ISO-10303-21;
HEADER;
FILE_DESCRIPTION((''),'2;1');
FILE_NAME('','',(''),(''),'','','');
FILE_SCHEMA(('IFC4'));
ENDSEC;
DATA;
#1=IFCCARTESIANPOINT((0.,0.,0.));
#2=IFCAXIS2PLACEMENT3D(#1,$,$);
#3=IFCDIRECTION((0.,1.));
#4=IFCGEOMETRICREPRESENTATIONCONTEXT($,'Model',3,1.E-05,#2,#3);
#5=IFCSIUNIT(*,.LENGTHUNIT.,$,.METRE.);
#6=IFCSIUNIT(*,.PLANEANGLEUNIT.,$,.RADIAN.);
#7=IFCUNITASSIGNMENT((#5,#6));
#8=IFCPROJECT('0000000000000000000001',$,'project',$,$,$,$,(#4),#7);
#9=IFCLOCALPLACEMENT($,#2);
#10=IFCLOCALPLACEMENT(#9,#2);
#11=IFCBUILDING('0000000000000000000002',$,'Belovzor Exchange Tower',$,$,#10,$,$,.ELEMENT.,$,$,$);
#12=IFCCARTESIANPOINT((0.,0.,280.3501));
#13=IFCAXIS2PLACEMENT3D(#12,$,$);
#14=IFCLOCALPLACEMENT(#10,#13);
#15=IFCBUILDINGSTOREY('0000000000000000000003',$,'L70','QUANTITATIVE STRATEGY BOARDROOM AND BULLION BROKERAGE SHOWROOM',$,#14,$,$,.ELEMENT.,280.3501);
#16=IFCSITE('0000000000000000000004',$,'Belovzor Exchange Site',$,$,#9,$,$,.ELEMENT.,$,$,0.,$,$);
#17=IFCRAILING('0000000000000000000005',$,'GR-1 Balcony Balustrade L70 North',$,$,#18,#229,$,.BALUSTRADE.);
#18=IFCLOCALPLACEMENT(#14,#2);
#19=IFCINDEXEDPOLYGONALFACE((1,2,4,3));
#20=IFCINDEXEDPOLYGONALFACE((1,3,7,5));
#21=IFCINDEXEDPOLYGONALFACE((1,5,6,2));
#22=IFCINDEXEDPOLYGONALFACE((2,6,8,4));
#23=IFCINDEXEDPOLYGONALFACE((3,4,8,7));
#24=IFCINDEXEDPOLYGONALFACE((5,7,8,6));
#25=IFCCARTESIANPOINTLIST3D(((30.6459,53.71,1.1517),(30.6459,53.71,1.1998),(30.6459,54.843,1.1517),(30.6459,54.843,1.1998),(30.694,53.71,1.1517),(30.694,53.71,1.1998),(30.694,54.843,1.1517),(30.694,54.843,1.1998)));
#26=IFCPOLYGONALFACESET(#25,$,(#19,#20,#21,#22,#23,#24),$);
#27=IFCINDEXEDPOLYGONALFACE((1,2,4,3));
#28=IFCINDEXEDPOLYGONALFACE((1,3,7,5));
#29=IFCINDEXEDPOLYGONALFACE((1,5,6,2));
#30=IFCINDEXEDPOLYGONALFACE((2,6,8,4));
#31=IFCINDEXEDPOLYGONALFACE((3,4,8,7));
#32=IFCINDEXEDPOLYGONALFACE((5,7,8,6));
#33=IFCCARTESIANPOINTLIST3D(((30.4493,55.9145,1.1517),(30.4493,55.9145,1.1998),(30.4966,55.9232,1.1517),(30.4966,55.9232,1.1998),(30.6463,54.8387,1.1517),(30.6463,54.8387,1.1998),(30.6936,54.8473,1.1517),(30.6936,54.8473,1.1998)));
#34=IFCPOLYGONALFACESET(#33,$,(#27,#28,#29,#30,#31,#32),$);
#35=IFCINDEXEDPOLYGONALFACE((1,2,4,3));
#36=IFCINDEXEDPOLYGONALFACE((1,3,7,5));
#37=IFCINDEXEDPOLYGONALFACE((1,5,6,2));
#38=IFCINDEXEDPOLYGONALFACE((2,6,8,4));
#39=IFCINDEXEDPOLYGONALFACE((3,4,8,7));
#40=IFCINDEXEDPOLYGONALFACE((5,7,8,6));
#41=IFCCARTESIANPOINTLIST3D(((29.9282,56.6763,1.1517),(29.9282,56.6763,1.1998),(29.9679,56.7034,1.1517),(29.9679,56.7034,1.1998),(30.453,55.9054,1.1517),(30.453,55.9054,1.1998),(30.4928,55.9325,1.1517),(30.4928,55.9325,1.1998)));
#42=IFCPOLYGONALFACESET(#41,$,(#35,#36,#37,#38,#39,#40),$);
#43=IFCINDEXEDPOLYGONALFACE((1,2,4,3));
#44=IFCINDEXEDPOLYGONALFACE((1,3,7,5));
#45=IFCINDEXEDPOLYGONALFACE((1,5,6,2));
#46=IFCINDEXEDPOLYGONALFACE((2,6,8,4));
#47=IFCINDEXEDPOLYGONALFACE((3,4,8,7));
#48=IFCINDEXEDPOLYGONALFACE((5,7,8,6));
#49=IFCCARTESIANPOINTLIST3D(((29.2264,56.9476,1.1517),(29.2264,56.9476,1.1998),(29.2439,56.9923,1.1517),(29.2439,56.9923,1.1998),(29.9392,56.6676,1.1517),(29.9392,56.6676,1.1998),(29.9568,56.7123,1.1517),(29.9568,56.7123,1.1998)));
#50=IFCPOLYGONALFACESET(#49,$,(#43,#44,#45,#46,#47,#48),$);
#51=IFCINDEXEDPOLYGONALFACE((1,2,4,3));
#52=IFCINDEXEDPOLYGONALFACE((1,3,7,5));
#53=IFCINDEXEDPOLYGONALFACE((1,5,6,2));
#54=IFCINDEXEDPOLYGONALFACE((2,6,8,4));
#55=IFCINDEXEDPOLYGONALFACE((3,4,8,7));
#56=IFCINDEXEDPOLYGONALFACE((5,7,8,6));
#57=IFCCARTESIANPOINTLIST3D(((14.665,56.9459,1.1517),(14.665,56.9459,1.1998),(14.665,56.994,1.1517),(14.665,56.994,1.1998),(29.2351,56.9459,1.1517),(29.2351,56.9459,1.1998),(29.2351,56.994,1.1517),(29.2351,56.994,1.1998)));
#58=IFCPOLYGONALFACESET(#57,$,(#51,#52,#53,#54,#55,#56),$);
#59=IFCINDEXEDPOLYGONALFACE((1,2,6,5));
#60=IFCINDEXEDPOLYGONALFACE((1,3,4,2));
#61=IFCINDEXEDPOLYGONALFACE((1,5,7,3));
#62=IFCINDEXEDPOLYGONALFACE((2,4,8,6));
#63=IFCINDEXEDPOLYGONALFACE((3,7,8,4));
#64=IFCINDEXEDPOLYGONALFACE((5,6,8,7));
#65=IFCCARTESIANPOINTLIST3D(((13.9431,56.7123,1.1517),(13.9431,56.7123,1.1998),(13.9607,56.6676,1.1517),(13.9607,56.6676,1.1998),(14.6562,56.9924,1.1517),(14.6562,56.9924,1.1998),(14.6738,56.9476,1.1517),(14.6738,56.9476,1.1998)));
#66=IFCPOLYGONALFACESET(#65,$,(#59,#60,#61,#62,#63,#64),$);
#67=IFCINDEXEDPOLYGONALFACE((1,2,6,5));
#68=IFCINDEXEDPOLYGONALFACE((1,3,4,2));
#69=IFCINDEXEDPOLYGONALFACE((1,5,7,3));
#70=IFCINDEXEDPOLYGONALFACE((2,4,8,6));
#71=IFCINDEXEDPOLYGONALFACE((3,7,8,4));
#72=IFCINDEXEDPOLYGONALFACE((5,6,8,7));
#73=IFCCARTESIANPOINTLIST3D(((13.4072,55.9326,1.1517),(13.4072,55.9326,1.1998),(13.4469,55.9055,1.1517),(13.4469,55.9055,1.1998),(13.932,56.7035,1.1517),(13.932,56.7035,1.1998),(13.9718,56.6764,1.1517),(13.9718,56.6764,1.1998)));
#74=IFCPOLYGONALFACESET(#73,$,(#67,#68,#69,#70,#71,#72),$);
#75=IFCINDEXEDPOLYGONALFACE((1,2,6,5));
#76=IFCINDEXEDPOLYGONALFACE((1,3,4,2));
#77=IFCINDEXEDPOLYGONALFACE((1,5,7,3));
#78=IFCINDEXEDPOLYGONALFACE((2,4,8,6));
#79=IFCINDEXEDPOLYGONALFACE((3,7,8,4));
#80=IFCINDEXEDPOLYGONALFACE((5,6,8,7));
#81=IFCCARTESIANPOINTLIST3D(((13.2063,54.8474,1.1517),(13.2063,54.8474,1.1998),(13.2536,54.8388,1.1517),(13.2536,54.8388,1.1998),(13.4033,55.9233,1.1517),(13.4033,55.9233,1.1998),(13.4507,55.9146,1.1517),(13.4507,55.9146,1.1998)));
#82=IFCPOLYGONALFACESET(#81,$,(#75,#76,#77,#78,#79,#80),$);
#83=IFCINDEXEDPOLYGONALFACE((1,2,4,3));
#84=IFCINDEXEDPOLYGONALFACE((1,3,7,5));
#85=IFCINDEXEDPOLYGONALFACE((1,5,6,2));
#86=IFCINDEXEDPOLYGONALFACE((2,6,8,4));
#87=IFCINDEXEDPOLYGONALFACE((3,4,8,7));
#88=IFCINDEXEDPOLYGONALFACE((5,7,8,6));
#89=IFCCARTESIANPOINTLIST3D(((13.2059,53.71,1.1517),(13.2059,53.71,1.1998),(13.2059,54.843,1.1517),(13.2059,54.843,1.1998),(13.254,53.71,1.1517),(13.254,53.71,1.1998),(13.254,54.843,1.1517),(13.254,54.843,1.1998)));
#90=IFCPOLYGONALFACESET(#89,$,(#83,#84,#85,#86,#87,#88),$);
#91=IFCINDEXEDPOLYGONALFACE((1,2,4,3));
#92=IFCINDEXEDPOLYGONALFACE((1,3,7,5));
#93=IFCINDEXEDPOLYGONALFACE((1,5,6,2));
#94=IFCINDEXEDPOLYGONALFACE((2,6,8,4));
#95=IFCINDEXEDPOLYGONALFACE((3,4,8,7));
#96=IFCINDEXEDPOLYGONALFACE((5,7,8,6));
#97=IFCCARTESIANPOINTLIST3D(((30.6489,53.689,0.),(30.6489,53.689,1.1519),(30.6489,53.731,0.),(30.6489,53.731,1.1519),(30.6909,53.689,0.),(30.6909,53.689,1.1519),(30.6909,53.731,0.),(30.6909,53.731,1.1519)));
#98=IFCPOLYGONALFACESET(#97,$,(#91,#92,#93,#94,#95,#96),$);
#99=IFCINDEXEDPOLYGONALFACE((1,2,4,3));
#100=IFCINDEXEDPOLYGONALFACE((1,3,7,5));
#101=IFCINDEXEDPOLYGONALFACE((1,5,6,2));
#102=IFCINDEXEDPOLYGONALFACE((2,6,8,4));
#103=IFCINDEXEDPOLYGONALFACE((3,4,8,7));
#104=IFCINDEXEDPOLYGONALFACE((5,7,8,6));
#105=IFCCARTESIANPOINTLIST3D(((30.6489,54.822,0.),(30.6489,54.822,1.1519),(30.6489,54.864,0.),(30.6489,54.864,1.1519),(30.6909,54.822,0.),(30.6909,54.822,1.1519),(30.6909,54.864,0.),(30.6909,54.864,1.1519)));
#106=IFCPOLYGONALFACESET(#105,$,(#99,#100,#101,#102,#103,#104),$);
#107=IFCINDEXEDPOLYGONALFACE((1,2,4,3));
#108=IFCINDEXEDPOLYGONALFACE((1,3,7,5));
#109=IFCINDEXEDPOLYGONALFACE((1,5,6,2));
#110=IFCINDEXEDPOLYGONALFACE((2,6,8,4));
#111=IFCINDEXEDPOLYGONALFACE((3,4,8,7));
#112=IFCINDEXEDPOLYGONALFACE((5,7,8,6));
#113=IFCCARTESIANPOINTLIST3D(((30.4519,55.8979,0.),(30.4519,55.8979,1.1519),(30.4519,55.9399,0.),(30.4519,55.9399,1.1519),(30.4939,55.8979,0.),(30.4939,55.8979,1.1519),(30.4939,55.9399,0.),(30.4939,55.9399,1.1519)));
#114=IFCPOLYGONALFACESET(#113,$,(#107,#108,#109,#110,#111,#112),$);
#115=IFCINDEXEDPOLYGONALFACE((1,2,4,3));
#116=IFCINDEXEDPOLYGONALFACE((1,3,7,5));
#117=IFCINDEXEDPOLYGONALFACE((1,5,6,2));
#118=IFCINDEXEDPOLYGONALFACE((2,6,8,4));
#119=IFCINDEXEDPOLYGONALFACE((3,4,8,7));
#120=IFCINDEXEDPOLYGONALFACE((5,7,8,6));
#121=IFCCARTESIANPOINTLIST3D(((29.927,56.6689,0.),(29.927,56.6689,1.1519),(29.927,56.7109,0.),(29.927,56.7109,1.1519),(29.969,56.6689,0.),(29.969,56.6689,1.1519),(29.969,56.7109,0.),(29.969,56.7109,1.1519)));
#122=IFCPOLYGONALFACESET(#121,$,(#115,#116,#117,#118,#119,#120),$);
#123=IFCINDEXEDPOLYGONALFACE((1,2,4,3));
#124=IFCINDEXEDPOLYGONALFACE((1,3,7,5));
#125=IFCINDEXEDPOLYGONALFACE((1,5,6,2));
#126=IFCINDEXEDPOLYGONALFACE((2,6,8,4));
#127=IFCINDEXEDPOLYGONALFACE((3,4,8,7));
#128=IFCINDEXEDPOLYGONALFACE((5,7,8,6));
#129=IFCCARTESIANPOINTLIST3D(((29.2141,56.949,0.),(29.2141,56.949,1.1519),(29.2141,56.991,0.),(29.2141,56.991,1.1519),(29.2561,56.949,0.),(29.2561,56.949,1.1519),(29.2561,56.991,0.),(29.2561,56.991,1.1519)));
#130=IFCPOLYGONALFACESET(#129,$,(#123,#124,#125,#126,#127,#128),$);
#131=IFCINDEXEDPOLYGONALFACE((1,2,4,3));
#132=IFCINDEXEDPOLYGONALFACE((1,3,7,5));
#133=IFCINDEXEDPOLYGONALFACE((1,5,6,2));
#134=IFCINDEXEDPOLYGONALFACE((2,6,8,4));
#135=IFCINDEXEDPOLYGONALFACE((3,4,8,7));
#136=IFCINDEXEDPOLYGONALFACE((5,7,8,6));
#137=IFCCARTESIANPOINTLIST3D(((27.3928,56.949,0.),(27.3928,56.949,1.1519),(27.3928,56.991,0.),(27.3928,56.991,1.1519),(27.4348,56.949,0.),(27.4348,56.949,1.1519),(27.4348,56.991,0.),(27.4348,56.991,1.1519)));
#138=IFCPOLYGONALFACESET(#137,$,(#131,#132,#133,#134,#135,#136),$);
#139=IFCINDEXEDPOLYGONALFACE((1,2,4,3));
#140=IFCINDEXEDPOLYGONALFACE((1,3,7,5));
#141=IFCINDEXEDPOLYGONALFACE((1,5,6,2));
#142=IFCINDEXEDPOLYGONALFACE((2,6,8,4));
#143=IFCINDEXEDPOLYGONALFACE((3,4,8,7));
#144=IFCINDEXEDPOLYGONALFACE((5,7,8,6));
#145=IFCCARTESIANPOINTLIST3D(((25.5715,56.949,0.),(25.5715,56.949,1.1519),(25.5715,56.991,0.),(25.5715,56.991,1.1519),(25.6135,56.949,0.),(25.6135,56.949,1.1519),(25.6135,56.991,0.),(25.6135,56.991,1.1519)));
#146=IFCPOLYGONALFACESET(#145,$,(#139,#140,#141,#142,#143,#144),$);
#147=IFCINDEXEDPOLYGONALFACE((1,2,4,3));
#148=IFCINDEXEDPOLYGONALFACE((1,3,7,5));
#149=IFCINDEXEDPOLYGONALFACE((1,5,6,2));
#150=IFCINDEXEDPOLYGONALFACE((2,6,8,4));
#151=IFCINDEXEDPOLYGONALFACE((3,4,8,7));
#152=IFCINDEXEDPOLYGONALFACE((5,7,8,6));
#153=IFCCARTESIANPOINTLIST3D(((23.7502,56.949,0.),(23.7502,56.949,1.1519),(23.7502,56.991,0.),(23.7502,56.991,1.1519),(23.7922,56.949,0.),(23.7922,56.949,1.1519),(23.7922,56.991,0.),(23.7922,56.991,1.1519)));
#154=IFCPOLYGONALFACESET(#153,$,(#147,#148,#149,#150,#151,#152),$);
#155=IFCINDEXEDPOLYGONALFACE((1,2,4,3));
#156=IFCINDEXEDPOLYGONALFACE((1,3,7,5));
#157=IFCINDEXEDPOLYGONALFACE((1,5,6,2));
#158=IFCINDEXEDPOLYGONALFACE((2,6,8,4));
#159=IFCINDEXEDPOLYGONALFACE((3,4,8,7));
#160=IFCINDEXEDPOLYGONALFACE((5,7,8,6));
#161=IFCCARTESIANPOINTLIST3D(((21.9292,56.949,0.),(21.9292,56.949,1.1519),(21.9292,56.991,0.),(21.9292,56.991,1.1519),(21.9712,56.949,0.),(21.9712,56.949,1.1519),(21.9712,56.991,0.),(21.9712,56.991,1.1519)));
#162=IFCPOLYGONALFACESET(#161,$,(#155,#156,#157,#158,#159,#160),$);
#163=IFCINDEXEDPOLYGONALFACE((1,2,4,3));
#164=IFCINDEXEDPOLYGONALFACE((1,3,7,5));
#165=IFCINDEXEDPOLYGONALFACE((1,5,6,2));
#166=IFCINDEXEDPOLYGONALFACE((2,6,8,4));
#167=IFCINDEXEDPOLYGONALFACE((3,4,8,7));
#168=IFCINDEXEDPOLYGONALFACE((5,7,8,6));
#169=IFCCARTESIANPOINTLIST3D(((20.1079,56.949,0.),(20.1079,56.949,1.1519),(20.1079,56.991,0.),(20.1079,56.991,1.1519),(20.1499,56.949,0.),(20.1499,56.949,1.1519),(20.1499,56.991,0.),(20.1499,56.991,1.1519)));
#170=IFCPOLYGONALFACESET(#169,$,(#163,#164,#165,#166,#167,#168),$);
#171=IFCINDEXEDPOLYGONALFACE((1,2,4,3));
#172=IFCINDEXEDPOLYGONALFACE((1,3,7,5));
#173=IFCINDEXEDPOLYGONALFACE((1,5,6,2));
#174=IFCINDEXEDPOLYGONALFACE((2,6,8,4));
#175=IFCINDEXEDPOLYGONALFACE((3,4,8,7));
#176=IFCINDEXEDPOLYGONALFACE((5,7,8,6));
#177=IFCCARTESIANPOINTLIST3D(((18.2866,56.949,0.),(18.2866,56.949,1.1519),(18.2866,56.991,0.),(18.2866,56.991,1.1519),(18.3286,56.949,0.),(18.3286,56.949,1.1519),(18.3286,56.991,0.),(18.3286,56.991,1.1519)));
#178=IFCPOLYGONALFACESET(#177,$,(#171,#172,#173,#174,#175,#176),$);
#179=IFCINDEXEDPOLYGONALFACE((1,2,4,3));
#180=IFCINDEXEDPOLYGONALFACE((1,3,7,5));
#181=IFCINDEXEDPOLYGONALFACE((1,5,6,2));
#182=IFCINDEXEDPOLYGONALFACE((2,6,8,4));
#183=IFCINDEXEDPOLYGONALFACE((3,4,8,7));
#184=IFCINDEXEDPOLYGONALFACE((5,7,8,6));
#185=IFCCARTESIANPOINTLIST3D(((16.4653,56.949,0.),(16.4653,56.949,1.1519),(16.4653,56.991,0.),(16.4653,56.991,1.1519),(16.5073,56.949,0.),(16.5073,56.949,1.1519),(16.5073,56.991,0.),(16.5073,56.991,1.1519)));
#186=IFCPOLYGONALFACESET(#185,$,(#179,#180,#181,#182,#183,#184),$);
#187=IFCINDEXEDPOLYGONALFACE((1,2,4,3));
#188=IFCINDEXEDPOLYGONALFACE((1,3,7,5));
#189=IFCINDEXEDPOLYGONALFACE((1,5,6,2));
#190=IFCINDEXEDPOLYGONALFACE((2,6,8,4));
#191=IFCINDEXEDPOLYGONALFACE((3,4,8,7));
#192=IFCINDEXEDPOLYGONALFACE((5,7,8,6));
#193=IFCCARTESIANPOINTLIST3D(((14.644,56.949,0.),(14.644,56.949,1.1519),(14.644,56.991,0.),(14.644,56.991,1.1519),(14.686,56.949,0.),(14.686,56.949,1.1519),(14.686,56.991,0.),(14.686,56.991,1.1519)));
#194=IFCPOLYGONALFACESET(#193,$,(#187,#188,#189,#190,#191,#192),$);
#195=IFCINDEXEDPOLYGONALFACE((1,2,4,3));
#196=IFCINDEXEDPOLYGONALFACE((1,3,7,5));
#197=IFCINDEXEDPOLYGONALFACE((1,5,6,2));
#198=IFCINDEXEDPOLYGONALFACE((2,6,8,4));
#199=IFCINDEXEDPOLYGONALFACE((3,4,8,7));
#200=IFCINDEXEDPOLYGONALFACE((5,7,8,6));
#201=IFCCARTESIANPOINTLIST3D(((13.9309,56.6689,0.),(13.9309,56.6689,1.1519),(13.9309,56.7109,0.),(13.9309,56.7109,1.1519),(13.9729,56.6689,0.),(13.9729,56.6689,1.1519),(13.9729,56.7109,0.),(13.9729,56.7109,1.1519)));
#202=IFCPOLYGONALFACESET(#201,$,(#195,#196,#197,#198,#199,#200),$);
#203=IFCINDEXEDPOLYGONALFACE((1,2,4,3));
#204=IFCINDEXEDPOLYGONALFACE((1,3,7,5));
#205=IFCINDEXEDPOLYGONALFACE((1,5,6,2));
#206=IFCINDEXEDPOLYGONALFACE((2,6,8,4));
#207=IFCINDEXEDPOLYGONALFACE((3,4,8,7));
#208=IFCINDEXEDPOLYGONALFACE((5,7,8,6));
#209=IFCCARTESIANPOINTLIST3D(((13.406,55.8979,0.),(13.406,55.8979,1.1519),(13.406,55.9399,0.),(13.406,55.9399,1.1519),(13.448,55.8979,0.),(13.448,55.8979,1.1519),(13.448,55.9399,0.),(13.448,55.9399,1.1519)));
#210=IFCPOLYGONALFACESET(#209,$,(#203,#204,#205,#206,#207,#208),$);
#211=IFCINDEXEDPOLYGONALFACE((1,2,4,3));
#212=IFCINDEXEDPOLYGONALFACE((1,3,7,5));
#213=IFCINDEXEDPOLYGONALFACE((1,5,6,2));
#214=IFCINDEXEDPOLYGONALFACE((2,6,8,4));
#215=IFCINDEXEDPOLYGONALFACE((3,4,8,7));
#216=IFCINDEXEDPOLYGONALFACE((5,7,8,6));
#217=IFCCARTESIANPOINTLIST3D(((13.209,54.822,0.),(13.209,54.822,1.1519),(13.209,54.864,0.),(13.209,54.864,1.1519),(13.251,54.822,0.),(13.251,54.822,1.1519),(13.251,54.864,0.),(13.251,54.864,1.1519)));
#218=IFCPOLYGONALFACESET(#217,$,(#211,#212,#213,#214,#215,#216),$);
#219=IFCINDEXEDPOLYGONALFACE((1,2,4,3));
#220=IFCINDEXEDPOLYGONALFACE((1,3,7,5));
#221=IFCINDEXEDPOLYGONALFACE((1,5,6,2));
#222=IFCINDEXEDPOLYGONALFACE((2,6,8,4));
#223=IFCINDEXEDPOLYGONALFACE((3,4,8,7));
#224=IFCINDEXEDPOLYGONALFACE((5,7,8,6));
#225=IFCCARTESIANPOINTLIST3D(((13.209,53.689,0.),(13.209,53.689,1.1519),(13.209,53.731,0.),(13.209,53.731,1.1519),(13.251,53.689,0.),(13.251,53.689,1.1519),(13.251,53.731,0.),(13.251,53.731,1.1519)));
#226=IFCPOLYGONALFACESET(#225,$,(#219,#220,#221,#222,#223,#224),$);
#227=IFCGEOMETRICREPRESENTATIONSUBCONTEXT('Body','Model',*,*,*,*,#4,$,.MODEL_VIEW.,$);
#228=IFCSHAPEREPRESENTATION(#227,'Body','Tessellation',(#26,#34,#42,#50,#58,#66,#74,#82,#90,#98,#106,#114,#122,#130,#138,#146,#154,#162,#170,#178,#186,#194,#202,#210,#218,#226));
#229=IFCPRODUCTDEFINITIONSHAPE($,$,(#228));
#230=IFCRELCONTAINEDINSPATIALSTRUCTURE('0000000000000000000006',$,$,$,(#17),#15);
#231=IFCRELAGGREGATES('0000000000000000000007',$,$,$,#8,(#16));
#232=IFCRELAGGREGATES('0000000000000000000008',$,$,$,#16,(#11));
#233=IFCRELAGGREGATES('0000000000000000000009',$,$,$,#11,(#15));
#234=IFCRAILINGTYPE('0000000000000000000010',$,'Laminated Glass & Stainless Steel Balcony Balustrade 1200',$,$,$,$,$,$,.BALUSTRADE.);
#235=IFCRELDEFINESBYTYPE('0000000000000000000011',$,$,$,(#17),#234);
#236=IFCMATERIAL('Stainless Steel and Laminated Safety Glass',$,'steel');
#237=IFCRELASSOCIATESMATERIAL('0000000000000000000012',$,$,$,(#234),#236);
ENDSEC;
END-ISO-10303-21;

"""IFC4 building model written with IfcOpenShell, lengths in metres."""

from ifc_helpers import new_model, si_unit, direction, frame, origin, origin_2d, place, context, subcontext, project, spatial, rectangle, extrude, material, type_object, element, save


model = new_model("IFC4")

# Units and contexts
model_context = context("Model", 3, precision=1e-05, world=origin(), true_north=direction((0.0, 1.0)))
body_context = subcontext(model_context, "Body", "Model", "MODEL_VIEW")
ifc_project = project(units=[si_unit("LENGTHUNIT", "METRE"), si_unit("PLANEANGLEUNIT", "RADIAN")], contexts=[model_context])

# Site, building, storey
site_placement = place(None, origin())
site = spatial("IfcSite", under=ifc_project, at=site_placement, Name="Belovzor Exchange Site", CompositionType="ELEMENT", RefElevation=0.0)
building_placement = place(site_placement, origin())
building = spatial("IfcBuilding", under=site, at=building_placement, Name="Belovzor Exchange Tower", CompositionType="ELEMENT")
storey_placement = place(building_placement, frame((0.0, 0.0, 280.3501)))
storey = spatial("IfcBuildingStorey", under=building, at=storey_placement, Name="L70", Description="QUANTITATIVE STRATEGY BOARDROOM AND BULLION BROKERAGE SHOWROOM", CompositionType="ELEMENT", Elevation=280.3501)

# Railing
ifc_material_1 = material(Name="Stainless Steel and Laminated Safety Glass", Category="steel")
railing_type = type_object("IfcRailingType", Name="Laminated Glass & Stainless Steel Balcony Balustrade 1200", PredefinedType="BALUSTRADE", material=ifc_material_1)
railing_placement = place(storey_placement, frame((30.6699, 53.71, 0.0)))
element("IfcRailing", 1, at=railing_placement, inside=storey, type_object=railing_type, Name="GR-1 Balcony Balustrade L70 North", PredefinedType="BALUSTRADE", context=body_context, shape_type="SweptSolid", body=[
    extrude(rectangle(XDim=0.0481, YDim=0.0481, at=origin_2d()), frame((0.0, 0.0, 1.1758), z_axis=(0.0, 1.0, 0.0), x_axis=(-1.0, 0.0, 0.0)), (0.0, 0.0, 1.0), 1.1331),
    extrude(rectangle(XDim=0.0481, YDim=0.0481, at=origin_2d()), frame((0.0, 1.1331, 1.1758), z_axis=(-0.180123, 0.983644, 0.0), x_axis=(-0.983644, -0.180123, 0.0)), (0.0, 0.0, 1.0), 1.0938),
    extrude(rectangle(XDim=0.0481, YDim=0.0481, at=origin_2d()), frame((-0.197, 2.209, 1.1758), z_axis=(-0.562768, 0.826615, 0.0), x_axis=(-0.826615, -0.562768, 0.0)), (0.0, 0.0, 1.0), 0.9326),
    extrude(rectangle(XDim=0.0481, YDim=0.0481, at=origin_2d()), frame((-0.7219, 2.98, 1.1758), z_axis=(-0.930767, 0.365613, 0.0), x_axis=(-0.365613, -0.930767, 0.0)), (0.0, 0.0, 1.0), 0.7659),
    extrude(rectangle(XDim=0.0481, YDim=0.0481, at=origin_2d()), frame((-1.4348, 3.26, 1.1758), z_axis=(-1.0, 0.0, 0.0), x_axis=(0.0, -1.0, 0.0)), (0.0, 0.0, 1.0), 14.5701),
    extrude(rectangle(XDim=0.0481, YDim=0.0481, at=origin_2d()), frame((-16.0049, 3.26, 1.1758), z_axis=(-0.93081, -0.365504, 0.0), x_axis=(0.365504, -0.93081, 0.0)), (0.0, 0.0, 1.0), 0.7661),
    extrude(rectangle(XDim=0.0481, YDim=0.0481, at=origin_2d()), frame((-16.718, 2.98, 1.1758), z_axis=(-0.562768, -0.826615, 0.0), x_axis=(0.826615, -0.562768, 0.0)), (0.0, 0.0, 1.0), 0.9326),
    extrude(rectangle(XDim=0.0481, YDim=0.0481, at=origin_2d()), frame((-17.2429, 2.209, 1.1758), z_axis=(-0.180123, -0.983644, 0.0), x_axis=(0.983644, -0.180123, 0.0)), (0.0, 0.0, 1.0), 1.0938),
    extrude(rectangle(XDim=0.0481, YDim=0.0481, at=origin_2d()), frame((-17.4399, 1.1331, 1.1758), z_axis=(0.0, -1.0, 0.0), x_axis=(1.0, 0.0, 0.0)), (0.0, 0.0, 1.0), 1.1331),
    extrude(rectangle(XDim=0.042, YDim=0.042, at=origin_2d()), origin(), (0.0, 0.0, 1.0), 1.1519),
    extrude(rectangle(XDim=0.042, YDim=0.042, at=origin_2d()), frame((0.0, 1.1331, 0.0)), (0.0, 0.0, 1.0), 1.1519),
    extrude(rectangle(XDim=0.042, YDim=0.042, at=origin_2d()), frame((-0.197, 2.209, 0.0)), (0.0, 0.0, 1.0), 1.1519),
    extrude(rectangle(XDim=0.042, YDim=0.042, at=origin_2d()), frame((-0.7219, 2.98, 0.0)), (0.0, 0.0, 1.0), 1.1519),
    extrude(rectangle(XDim=0.042, YDim=0.042, at=origin_2d()), frame((-1.4348, 3.26, 0.0)), (0.0, 0.0, 1.0), 1.1519),
    extrude(rectangle(XDim=0.042, YDim=0.042, at=origin_2d()), frame((-3.2561, 3.26, 0.0)), (0.0, 0.0, 1.0), 1.1519),
    extrude(rectangle(XDim=0.042, YDim=0.042, at=origin_2d()), frame((-5.0774, 3.26, 0.0)), (0.0, 0.0, 1.0), 1.1519),
    extrude(rectangle(XDim=0.042, YDim=0.042, at=origin_2d()), frame((-6.8987, 3.26, 0.0)), (0.0, 0.0, 1.0), 1.1519),
    extrude(rectangle(XDim=0.042, YDim=0.042, at=origin_2d()), frame((-8.7197, 3.26, 0.0)), (0.0, 0.0, 1.0), 1.1519),
    extrude(rectangle(XDim=0.042, YDim=0.042, at=origin_2d()), frame((-10.541, 3.26, 0.0)), (0.0, 0.0, 1.0), 1.1519),
    extrude(rectangle(XDim=0.042, YDim=0.042, at=origin_2d()), frame((-12.3623, 3.26, 0.0)), (0.0, 0.0, 1.0), 1.1519),
    extrude(rectangle(XDim=0.042, YDim=0.042, at=origin_2d()), frame((-14.1836, 3.26, 0.0)), (0.0, 0.0, 1.0), 1.1519),
    extrude(rectangle(XDim=0.042, YDim=0.042, at=origin_2d()), frame((-16.0049, 3.26, 0.0)), (0.0, 0.0, 1.0), 1.1519),
    extrude(rectangle(XDim=0.042, YDim=0.042, at=origin_2d()), frame((-16.718, 2.98, 0.0)), (0.0, 0.0, 1.0), 1.1519),
    extrude(rectangle(XDim=0.042, YDim=0.042, at=origin_2d()), frame((-17.2429, 2.209, 0.0)), (0.0, 0.0, 1.0), 1.1519),
    extrude(rectangle(XDim=0.042, YDim=0.042, at=origin_2d()), frame((-17.4399, 1.1331, 0.0)), (0.0, 0.0, 1.0), 1.1519),
    extrude(rectangle(XDim=0.042, YDim=0.042, at=origin_2d()), frame((-17.4399, 0.0, 0.0)), (0.0, 0.0, 1.0), 1.1519),
])

save(model, "model.ifc")
